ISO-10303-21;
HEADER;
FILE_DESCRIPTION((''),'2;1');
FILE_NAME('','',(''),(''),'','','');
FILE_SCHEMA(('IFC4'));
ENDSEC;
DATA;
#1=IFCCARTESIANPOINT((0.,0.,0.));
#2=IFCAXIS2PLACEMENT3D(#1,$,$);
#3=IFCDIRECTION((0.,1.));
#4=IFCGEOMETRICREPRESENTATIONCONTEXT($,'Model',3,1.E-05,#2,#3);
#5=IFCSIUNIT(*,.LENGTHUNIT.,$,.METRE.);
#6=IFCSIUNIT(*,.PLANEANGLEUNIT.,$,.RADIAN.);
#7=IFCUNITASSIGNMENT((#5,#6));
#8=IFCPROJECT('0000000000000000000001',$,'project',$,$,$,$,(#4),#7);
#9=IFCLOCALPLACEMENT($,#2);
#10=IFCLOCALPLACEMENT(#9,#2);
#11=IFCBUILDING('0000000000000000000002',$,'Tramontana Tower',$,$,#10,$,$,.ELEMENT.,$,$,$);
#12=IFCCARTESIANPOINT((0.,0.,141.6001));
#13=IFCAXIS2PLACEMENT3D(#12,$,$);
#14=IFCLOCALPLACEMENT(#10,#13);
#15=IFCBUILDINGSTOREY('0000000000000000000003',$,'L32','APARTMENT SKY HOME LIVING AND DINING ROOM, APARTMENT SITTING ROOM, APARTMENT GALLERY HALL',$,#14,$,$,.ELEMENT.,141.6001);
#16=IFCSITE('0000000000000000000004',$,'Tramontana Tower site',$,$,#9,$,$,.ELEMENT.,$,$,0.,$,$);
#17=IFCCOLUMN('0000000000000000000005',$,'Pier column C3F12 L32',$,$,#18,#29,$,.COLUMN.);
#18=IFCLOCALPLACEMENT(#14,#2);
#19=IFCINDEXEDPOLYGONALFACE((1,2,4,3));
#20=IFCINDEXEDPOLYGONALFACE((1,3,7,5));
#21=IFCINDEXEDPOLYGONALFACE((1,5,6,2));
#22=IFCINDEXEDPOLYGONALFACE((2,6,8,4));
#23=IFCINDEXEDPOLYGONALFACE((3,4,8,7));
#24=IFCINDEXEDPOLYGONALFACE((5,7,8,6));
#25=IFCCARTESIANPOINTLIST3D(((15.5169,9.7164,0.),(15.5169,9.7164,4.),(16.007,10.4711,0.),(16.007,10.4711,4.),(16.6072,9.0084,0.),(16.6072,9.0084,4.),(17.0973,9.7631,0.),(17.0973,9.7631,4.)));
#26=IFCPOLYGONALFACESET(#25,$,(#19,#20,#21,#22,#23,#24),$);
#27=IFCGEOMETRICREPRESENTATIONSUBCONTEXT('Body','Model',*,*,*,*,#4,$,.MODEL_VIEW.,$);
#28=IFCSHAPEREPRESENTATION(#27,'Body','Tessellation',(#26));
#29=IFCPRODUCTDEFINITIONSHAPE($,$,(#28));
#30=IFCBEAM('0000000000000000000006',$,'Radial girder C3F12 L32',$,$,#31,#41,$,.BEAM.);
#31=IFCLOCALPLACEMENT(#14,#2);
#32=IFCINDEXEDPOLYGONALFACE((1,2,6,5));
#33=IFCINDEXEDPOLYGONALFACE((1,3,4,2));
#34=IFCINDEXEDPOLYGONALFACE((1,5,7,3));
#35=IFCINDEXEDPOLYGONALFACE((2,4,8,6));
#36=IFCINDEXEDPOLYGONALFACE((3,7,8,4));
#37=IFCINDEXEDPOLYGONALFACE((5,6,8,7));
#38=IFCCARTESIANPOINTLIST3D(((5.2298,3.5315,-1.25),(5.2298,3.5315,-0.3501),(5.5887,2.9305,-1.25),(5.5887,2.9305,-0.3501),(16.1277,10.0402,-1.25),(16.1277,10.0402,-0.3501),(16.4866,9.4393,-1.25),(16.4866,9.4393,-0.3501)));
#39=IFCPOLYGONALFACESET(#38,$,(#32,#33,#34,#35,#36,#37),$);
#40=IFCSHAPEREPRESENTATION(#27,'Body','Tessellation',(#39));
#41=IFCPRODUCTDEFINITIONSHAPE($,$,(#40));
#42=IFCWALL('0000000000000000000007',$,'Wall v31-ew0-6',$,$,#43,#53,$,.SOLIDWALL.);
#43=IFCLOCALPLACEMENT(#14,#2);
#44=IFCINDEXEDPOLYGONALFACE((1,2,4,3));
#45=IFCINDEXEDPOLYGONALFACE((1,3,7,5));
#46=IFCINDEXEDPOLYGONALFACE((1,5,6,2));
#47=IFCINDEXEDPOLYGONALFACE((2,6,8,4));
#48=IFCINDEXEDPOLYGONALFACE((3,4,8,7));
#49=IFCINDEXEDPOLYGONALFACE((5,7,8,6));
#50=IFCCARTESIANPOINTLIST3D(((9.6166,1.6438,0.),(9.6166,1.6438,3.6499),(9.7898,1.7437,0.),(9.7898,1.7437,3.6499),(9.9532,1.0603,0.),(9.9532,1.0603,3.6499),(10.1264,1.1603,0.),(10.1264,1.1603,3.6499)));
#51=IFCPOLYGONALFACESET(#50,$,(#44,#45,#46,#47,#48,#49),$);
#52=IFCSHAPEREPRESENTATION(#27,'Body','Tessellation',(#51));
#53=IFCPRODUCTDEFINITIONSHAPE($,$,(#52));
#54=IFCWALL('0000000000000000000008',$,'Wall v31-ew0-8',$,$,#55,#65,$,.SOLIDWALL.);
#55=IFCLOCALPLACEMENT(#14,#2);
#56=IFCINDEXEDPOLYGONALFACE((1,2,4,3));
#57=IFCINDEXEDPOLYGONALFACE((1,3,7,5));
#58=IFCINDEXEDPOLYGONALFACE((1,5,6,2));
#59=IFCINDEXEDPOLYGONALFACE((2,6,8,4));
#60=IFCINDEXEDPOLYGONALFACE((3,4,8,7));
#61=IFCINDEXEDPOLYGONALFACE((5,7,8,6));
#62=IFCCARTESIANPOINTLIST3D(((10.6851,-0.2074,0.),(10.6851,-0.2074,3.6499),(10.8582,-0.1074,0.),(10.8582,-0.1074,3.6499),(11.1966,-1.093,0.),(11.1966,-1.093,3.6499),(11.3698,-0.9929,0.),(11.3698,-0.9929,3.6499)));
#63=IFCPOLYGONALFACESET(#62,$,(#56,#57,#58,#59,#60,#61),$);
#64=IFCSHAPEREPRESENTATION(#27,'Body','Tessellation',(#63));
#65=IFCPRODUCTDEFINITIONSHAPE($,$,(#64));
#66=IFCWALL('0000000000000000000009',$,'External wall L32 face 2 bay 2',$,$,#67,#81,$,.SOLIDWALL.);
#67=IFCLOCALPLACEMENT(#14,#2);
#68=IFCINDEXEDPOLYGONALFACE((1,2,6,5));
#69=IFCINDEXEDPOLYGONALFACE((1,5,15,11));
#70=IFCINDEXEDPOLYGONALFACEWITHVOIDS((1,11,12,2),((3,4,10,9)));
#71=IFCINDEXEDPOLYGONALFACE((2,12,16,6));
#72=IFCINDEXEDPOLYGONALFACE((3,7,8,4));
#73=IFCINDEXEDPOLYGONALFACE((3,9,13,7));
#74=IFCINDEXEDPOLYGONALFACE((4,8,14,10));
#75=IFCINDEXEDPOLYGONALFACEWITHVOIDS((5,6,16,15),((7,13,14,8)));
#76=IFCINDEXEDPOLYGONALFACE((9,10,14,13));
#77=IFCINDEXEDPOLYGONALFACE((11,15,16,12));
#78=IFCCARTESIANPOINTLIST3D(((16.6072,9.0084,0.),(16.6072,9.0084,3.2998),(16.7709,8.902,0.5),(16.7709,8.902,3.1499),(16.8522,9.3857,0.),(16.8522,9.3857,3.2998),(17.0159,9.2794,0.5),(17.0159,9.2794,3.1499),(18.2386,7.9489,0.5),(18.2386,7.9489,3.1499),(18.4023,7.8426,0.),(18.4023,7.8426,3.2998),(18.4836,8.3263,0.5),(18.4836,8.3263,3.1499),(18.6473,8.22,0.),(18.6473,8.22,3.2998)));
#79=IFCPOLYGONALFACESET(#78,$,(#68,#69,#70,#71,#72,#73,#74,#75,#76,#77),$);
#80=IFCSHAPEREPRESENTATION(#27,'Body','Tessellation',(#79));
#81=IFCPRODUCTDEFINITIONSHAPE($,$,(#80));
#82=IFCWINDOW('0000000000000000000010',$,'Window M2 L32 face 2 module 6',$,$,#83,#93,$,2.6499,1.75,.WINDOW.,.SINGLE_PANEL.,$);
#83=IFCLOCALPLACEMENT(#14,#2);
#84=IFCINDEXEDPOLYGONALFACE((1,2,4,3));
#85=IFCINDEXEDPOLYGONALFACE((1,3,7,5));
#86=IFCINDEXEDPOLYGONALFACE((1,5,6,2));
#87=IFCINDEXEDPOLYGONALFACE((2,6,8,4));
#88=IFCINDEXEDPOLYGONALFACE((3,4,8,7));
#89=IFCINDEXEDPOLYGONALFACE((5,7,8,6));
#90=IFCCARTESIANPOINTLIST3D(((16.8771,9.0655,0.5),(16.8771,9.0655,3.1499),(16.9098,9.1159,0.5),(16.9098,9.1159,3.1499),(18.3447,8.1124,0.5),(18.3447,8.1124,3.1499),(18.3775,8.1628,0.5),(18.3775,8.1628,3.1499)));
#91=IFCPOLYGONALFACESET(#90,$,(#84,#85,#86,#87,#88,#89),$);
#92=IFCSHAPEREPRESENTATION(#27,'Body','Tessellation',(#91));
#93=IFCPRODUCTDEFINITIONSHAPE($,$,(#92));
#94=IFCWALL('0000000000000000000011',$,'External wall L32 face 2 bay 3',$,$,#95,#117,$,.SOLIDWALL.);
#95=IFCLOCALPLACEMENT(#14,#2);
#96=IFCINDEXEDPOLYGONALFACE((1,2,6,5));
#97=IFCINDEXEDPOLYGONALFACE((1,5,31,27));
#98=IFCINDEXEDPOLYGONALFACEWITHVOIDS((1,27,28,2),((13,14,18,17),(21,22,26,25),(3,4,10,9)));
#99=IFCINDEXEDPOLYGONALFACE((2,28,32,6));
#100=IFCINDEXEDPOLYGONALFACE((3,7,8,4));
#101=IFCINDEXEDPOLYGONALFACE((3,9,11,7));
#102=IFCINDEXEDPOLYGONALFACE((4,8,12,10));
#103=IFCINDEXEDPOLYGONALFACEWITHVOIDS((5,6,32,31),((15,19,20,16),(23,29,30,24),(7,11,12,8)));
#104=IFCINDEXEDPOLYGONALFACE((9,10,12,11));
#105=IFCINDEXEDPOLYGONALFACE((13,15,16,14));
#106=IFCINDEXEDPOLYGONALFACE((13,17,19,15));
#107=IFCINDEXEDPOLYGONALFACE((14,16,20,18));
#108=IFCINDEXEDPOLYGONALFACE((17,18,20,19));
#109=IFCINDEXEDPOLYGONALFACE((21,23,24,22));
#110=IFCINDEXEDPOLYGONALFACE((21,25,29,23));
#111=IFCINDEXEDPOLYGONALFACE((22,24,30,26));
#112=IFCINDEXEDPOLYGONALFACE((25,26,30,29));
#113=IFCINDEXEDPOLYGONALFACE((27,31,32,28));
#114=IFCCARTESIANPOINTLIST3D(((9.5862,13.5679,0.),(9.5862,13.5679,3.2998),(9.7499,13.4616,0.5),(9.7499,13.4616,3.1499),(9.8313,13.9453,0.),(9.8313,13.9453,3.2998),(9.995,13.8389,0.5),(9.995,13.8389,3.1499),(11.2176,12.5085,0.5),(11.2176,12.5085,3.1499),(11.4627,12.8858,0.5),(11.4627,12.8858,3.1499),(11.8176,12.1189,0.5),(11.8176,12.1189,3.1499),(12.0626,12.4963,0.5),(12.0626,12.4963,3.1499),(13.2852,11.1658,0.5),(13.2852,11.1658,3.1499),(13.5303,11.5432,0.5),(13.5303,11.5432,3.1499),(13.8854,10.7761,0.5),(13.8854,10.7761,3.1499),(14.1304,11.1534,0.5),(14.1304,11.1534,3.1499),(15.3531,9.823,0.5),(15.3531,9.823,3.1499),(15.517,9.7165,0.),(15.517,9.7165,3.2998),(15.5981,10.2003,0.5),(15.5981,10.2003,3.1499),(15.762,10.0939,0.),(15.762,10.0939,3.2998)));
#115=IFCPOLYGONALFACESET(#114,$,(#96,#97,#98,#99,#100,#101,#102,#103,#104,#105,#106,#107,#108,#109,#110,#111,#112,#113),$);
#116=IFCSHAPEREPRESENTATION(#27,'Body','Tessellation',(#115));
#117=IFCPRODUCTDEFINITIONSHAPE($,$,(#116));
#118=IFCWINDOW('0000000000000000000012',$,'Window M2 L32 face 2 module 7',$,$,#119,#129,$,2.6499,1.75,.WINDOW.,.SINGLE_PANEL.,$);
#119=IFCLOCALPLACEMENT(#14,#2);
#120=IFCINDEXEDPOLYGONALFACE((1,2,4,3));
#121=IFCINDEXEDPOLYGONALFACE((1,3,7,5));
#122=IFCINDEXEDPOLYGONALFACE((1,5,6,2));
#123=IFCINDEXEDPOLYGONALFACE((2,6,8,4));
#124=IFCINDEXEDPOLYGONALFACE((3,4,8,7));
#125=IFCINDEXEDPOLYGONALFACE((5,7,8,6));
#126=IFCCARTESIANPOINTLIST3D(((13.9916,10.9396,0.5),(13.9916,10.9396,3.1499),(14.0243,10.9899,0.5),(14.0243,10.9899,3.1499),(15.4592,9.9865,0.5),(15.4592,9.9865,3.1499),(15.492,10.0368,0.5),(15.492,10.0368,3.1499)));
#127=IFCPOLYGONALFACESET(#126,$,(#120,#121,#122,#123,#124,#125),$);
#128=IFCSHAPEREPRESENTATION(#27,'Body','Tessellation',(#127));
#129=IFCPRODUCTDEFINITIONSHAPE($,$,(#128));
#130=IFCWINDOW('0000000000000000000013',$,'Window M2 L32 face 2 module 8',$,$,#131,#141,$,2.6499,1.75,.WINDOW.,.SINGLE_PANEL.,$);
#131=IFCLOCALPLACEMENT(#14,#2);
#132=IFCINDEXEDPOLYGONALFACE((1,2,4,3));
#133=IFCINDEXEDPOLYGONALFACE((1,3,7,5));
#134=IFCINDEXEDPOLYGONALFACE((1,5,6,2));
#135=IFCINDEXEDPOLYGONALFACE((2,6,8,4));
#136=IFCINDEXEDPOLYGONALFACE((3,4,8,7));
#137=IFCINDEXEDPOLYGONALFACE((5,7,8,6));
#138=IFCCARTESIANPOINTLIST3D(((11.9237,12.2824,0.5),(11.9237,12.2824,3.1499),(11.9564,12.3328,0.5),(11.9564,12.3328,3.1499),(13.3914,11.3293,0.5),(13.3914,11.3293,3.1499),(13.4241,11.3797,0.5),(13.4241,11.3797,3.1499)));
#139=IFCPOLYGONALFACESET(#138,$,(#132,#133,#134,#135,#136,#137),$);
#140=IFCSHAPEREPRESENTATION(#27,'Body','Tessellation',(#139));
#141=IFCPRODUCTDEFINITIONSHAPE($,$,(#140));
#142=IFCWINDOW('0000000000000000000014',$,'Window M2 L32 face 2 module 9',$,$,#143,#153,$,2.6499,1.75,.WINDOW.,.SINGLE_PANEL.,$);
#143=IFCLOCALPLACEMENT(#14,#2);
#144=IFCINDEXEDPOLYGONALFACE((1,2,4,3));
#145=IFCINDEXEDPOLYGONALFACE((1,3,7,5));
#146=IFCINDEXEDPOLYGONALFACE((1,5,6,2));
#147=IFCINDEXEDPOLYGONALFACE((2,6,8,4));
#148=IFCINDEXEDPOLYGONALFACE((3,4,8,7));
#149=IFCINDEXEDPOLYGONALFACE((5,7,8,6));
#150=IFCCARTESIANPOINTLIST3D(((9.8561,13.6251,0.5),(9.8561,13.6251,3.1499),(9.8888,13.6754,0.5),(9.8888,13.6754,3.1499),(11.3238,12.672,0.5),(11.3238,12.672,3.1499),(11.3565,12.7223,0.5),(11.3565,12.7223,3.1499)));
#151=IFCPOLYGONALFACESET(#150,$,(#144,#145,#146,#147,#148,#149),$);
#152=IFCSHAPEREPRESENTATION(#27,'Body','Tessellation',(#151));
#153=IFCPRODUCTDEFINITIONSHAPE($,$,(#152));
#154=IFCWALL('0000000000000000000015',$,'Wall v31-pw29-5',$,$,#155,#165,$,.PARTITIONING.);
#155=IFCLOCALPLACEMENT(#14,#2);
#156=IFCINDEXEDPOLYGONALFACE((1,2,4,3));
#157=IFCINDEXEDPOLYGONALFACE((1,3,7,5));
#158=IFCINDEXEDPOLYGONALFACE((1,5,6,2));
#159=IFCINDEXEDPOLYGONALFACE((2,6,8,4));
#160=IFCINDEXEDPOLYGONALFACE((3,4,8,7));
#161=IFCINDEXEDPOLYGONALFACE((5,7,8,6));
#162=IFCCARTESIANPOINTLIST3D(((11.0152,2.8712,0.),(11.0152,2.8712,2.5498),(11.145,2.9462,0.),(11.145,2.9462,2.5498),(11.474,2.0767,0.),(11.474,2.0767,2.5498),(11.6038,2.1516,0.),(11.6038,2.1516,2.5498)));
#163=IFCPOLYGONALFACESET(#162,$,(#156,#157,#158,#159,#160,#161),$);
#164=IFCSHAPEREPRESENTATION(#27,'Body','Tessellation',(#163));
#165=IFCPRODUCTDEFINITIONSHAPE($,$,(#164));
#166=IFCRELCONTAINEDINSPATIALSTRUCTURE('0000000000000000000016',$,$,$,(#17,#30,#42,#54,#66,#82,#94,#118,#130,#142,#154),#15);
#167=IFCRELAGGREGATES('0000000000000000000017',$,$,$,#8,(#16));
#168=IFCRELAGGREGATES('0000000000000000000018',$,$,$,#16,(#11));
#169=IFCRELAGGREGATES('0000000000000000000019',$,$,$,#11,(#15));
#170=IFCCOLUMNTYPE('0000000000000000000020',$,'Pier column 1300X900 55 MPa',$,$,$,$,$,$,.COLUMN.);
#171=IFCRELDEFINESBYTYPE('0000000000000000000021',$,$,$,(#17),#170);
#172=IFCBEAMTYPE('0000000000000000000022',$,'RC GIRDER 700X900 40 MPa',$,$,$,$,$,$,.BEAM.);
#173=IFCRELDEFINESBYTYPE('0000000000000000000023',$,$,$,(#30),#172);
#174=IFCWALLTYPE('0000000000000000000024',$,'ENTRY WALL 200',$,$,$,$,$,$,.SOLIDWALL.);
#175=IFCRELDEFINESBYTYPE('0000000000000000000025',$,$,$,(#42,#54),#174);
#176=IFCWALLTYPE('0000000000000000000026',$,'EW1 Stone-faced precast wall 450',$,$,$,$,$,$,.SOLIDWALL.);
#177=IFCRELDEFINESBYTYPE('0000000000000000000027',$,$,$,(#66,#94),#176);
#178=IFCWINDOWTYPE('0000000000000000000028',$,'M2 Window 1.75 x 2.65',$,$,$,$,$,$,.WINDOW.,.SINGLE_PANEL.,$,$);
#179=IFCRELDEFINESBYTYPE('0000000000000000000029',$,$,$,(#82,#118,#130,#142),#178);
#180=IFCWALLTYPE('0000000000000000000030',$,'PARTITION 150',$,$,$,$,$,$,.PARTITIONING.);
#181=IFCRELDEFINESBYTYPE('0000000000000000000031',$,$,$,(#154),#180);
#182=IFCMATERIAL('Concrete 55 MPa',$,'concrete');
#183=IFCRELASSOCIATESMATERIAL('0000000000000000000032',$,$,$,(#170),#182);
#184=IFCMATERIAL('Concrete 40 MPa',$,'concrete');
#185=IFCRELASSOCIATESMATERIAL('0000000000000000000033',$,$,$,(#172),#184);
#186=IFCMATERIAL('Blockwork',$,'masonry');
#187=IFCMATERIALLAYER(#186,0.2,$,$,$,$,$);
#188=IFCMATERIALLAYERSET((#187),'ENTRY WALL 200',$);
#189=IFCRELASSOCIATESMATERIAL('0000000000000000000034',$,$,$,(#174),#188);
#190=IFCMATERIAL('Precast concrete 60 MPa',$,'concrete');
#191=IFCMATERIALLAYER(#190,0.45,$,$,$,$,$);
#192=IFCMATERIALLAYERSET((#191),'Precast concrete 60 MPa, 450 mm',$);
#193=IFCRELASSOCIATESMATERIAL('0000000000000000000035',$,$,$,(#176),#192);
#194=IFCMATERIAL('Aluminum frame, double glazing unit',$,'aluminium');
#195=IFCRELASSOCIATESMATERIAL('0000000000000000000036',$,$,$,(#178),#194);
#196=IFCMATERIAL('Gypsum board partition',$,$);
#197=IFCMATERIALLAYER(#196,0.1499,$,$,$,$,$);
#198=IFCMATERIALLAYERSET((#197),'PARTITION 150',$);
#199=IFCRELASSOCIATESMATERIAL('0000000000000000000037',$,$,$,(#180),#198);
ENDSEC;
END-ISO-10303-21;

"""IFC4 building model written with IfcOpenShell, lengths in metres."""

from ifc_helpers import new_model, si_unit, direction, frame, frame_2d, origin, origin_2d, place, context, subcontext, project, spatial, rectangle, extrude, material, layer, layer_set, material_profile, profile_set, type_object, element, fill, save


model = new_model("IFC4")

# Units and contexts
model_context = context("Model", 3, precision=1e-05, world=origin(), true_north=direction((0.0, 1.0)))
body_context = subcontext(model_context, "Body", "Model", "MODEL_VIEW")
ifc_project = project(units=[si_unit("LENGTHUNIT", "METRE"), si_unit("PLANEANGLEUNIT", "RADIAN")], contexts=[model_context])

# Site, building, storey
site_placement = place(None, origin())
site = spatial("IfcSite", under=ifc_project, at=site_placement, Name="Tramontana Tower site", CompositionType="ELEMENT", RefElevation=0.0)
building_placement = place(site_placement, origin())
building = spatial("IfcBuilding", under=site, at=building_placement, Name="Tramontana Tower", CompositionType="ELEMENT")
storey_placement = place(building_placement, frame((0.0, 0.0, 141.6001)))
storey = spatial("IfcBuildingStorey", under=building, at=storey_placement, Name="L32", Description="APARTMENT SKY HOME LIVING AND DINING ROOM, APARTMENT SITTING ROOM, APARTMENT GALLERY HALL", CompositionType="ELEMENT", Elevation=141.6001)

# Column
ifc_material_1 = material(Name="Concrete 55 MPa", Category="concrete")
ifc_material_profile_1 = material_profile(ifc_material_1, rectangle(XDim=1.3, YDim=0.8999, at=origin_2d()), Name="Pier column 1300X900 55 MPa")
ifc_profile_set_1 = profile_set([ifc_material_profile_1], Name="Concrete 55 MPa")
column_type = type_object("IfcColumnType", Name="Pier column 1300X900 55 MPa", PredefinedType="COLUMN", material=ifc_profile_set_1)
column_placement = place(storey_placement, frame((16.3071, 9.7397, 0.0), z_axis=(0.0, 0.0, 1.0), x_axis=(-0.838671, 0.544639, 0.0)))
element("IfcColumn", 1, at=column_placement, inside=storey, type_object=column_type, Name="Pier column C3F12 L32", PredefinedType="COLUMN", context=body_context, shape_type="SweptSolid", body=[
    extrude(rectangle(XDim=1.3, YDim=0.8999, at=origin_2d()), origin(), (0.0, 0.0, 1.0), 4.0),
])

# Beam
ifc_material_2 = material(Name="Concrete 40 MPa", Category="concrete")
ifc_material_profile_2 = material_profile(ifc_material_2, rectangle(XDim=0.7, YDim=0.8999, at=origin_2d()), Name="RC GIRDER 700X900 40 MPa")
ifc_profile_set_2 = profile_set([ifc_material_profile_2], Name="Concrete 40 MPa")
beam_type = type_object("IfcBeamType", Name="RC GIRDER 700X900 40 MPa", PredefinedType="BEAM", material=ifc_profile_set_2)
beam_placement = place(storey_placement, frame((16.3071, 9.7397, -0.8), z_axis=(-0.858533, -0.512758, 0.0), x_axis=(0.512758, -0.858533, 0.0)))
element("IfcBeam", 2, at=beam_placement, inside=storey, type_object=beam_type, Name="Radial girder C3F12 L32", PredefinedType="BEAM", context=body_context, shape_type="SweptSolid", body=[
    extrude(rectangle(XDim=0.7, YDim=0.8999, at=origin_2d()), origin(), (0.0, 0.0, 1.0), 12.6936),
])

# Wall
ifc_material_3 = material(Name="Blockwork", Category="masonry")
ifc_layer_1 = layer(ifc_material_3, 0.2)
ifc_layer_set_1 = layer_set([ifc_layer_1], Name="ENTRY WALL 200")
wall_type_1 = type_object("IfcWallType", Name="ENTRY WALL 200", PredefinedType="SOLIDWALL", material=ifc_layer_set_1)
wall_1_placement = place(storey_placement, frame((9.7031, 1.6938, 0.0), z_axis=(0.0, 0.0, 1.0), x_axis=(0.499764, -0.866161, 0.0)))
element("IfcWall", 3, at=wall_1_placement, inside=storey, type_object=wall_type_1, Name="Wall v31-ew0-6", PredefinedType="SOLIDWALL", context=body_context, shape_type="SweptSolid", body=[
    extrude(rectangle(XDim=0.6736, YDim=0.2, at=frame_2d((0.3369, 0.0))), origin(), (0.0, 0.0, 1.0), 3.6499),
])

# Wall
wall_2_placement = place(storey_placement, frame((10.7717, -0.1575, 0.0), z_axis=(0.0, 0.0, 1.0), x_axis=(0.50017, -0.865927, 0.0)))
element("IfcWall", 4, at=wall_2_placement, inside=storey, type_object=wall_type_1, Name="Wall v31-ew0-8", PredefinedType="SOLIDWALL", context=body_context, shape_type="SweptSolid", body=[
    extrude(rectangle(XDim=1.0227, YDim=0.2, at=frame_2d((0.5112, 0.0))), origin(), (0.0, 0.0, 1.0), 3.6499),
])

# Wall, opening, window
ifc_material_4 = material(Name="Precast concrete 60 MPa", Category="concrete")
ifc_layer_2 = layer(ifc_material_4, 0.45)
ifc_layer_set_2 = layer_set([ifc_layer_2], Name="Precast concrete 60 MPa, 450 mm")
wall_type_2 = type_object("IfcWallType", Name="EW1 Stone-faced precast wall 450", PredefinedType="SOLIDWALL", material=ifc_layer_set_2)
wall_3_placement = place(storey_placement, frame((18.5249, 8.0312, 0.0), z_axis=(0.0, 0.0, 1.0), x_axis=(-0.838675, 0.544631, 0.0)))
wall_3 = element("IfcWall", 5, at=wall_3_placement, inside=storey, type_object=wall_type_2, Name="External wall L32 face 2 bay 2", PredefinedType="SOLIDWALL", context=body_context, shape_type="SweptSolid", body=[
    extrude(rectangle(XDim=2.1404, YDim=0.45, at=frame_2d((1.0703, 0.0))), origin(), (0.0, 0.0, 1.0), 3.2998),
])
opening_1_placement = place(wall_3_placement, frame((0.1953, 0.0, 0.5)))
opening_1 = element("IfcOpeningElement", 6, at=opening_1_placement, cuts=wall_3, PredefinedType="OPENING", context=body_context, shape_type="SweptSolid", body=[
    extrude(rectangle(XDim=1.75, YDim=2.6499, at=frame_2d((0.875, 1.325))), frame((0.0, 0.2349, 0.0), z_axis=(0.0, -1.0, 0.0), x_axis=(1.0, 0.0, 0.0)), (0.0, 0.0, 1.0), 0.47),
])
ifc_material_5 = material(Name="Aluminum frame, double glazing unit", Category="aluminium")
window_type = type_object("IfcWindowType", Name="M2 Window 1.75 x 2.65", PartitioningType="SINGLE_PANEL", PredefinedType="WINDOW", material=ifc_material_5)
window_1_placement = place(opening_1_placement, origin())
window_1 = element("IfcWindow", 7, at=window_1_placement, inside=storey, type_object=window_type, Name="Window M2 L32 face 2 module 6", OverallHeight=2.6499, OverallWidth=1.75, PartitioningType="SINGLE_PANEL", PredefinedType="WINDOW", context=body_context, shape_type="SweptSolid", body=[
    extrude(rectangle(XDim=1.75, YDim=2.6499, at=frame_2d((0.875, 1.325))), frame((0.0, 0.03, 0.0), z_axis=(0.0, -1.0, 0.0), x_axis=(1.0, 0.0, 0.0)), (0.0, 0.0, 1.0), 0.0601),
])
fill(opening_1, window_1)

# Wall, openings, windows
wall_4_placement = place(storey_placement, frame((15.6394, 9.9053, 0.0), z_axis=(0.0, 0.0, 1.0), x_axis=(-0.838677, 0.544629, 0.0)))
wall_4 = element("IfcWall", 8, at=wall_4_placement, inside=storey, type_object=wall_type_2, Name="External wall L32 face 2 bay 3", PredefinedType="SOLIDWALL", context=body_context, shape_type="SweptSolid", body=[
    extrude(rectangle(XDim=7.0715, YDim=0.45, at=frame_2d((3.5356, 0.0))), origin(), (0.0, 0.0, 1.0), 3.2998),
])
opening_2_placement = place(wall_4_placement, frame((0.1953, 0.0, 0.5)))
opening_2 = element("IfcOpeningElement", 9, at=opening_2_placement, cuts=wall_4, PredefinedType="OPENING", context=body_context, shape_type="SweptSolid", body=[
    extrude(rectangle(XDim=1.75, YDim=2.6499, at=frame_2d((0.875, 1.325))), frame((0.0, 0.2349, 0.0), z_axis=(0.0, -1.0, 0.0), x_axis=(1.0, 0.0, 0.0)), (0.0, 0.0, 1.0), 0.47),
])
opening_3_placement = place(wall_4_placement, frame((2.6609, 0.0, 0.5)))
opening_3 = element("IfcOpeningElement", 10, at=opening_3_placement, cuts=wall_4, PredefinedType="OPENING", context=body_context, shape_type="SweptSolid", body=[
    extrude(rectangle(XDim=1.75, YDim=2.6499, at=frame_2d((0.875, 1.325))), frame((0.0, 0.2349, 0.0), z_axis=(0.0, -1.0, 0.0), x_axis=(1.0, 0.0, 0.0)), (0.0, 0.0, 1.0), 0.47),
])
opening_4_placement = place(wall_4_placement, frame((5.1262, 0.0, 0.5)))
opening_4 = element("IfcOpeningElement", 11, at=opening_4_placement, cuts=wall_4, PredefinedType="OPENING", context=body_context, shape_type="SweptSolid", body=[
    extrude(rectangle(XDim=1.75, YDim=2.6499, at=frame_2d((0.875, 1.325))), frame((0.0, 0.2349, 0.0), z_axis=(0.0, -1.0, 0.0), x_axis=(1.0, 0.0, 0.0)), (0.0, 0.0, 1.0), 0.47),
])
window_2_placement = place(opening_2_placement, origin())
window_2 = element("IfcWindow", 12, at=window_2_placement, inside=storey, type_object=window_type, Name="Window M2 L32 face 2 module 7", OverallHeight=2.6499, OverallWidth=1.75, PartitioningType="SINGLE_PANEL", PredefinedType="WINDOW", context=body_context, shape_type="SweptSolid", body=[
    extrude(rectangle(XDim=1.75, YDim=2.6499, at=frame_2d((0.875, 1.325))), frame((0.0, 0.03, 0.0), z_axis=(0.0, -1.0, 0.0), x_axis=(1.0, 0.0, 0.0)), (0.0, 0.0, 1.0), 0.0601),
])
fill(opening_2, window_2)
window_3_placement = place(opening_3_placement, origin())
window_3 = element("IfcWindow", 13, at=window_3_placement, inside=storey, type_object=window_type, Name="Window M2 L32 face 2 module 8", OverallHeight=2.6499, OverallWidth=1.75, PartitioningType="SINGLE_PANEL", PredefinedType="WINDOW", context=body_context, shape_type="SweptSolid", body=[
    extrude(rectangle(XDim=1.75, YDim=2.6499, at=frame_2d((0.875, 1.325))), frame((0.0, 0.03, 0.0), z_axis=(0.0, -1.0, 0.0), x_axis=(1.0, 0.0, 0.0)), (0.0, 0.0, 1.0), 0.0601),
])
fill(opening_3, window_3)
window_4_placement = place(opening_4_placement, origin())
window_4 = element("IfcWindow", 14, at=window_4_placement, inside=storey, type_object=window_type, Name="Window M2 L32 face 2 module 9", OverallHeight=2.6499, OverallWidth=1.75, PartitioningType="SINGLE_PANEL", PredefinedType="WINDOW", context=body_context, shape_type="SweptSolid", body=[
    extrude(rectangle(XDim=1.75, YDim=2.6499, at=frame_2d((0.875, 1.325))), frame((0.0, 0.03, 0.0), z_axis=(0.0, -1.0, 0.0), x_axis=(1.0, 0.0, 0.0)), (0.0, 0.0, 1.0), 0.0601),
])
fill(opening_4, window_4)

# Wall
ifc_material_6 = material(Name="Gypsum board partition")
ifc_layer_3 = layer(ifc_material_6, 0.1499)
ifc_layer_set_3 = layer_set([ifc_layer_3], Name="PARTITION 150")
wall_type_3 = type_object("IfcWallType", Name="PARTITION 150", PredefinedType="PARTITIONING", material=ifc_layer_set_3)
wall_5_placement = place(storey_placement, frame((11.0801, 2.9087, 0.0), z_axis=(0.0, 0.0, 1.0), x_axis=(0.50006, -0.865991, 0.0)))
element("IfcWall", 15, at=wall_5_placement, inside=storey, type_object=wall_type_3, Name="Wall v31-pw29-5", PredefinedType="PARTITIONING", context=body_context, shape_type="SweptSolid", body=[
    extrude(rectangle(XDim=0.9175, YDim=0.1499, at=frame_2d((0.4587, 0.0))), origin(), (0.0, 0.0, 1.0), 2.5498),
])

save(model, "model.ifc")
